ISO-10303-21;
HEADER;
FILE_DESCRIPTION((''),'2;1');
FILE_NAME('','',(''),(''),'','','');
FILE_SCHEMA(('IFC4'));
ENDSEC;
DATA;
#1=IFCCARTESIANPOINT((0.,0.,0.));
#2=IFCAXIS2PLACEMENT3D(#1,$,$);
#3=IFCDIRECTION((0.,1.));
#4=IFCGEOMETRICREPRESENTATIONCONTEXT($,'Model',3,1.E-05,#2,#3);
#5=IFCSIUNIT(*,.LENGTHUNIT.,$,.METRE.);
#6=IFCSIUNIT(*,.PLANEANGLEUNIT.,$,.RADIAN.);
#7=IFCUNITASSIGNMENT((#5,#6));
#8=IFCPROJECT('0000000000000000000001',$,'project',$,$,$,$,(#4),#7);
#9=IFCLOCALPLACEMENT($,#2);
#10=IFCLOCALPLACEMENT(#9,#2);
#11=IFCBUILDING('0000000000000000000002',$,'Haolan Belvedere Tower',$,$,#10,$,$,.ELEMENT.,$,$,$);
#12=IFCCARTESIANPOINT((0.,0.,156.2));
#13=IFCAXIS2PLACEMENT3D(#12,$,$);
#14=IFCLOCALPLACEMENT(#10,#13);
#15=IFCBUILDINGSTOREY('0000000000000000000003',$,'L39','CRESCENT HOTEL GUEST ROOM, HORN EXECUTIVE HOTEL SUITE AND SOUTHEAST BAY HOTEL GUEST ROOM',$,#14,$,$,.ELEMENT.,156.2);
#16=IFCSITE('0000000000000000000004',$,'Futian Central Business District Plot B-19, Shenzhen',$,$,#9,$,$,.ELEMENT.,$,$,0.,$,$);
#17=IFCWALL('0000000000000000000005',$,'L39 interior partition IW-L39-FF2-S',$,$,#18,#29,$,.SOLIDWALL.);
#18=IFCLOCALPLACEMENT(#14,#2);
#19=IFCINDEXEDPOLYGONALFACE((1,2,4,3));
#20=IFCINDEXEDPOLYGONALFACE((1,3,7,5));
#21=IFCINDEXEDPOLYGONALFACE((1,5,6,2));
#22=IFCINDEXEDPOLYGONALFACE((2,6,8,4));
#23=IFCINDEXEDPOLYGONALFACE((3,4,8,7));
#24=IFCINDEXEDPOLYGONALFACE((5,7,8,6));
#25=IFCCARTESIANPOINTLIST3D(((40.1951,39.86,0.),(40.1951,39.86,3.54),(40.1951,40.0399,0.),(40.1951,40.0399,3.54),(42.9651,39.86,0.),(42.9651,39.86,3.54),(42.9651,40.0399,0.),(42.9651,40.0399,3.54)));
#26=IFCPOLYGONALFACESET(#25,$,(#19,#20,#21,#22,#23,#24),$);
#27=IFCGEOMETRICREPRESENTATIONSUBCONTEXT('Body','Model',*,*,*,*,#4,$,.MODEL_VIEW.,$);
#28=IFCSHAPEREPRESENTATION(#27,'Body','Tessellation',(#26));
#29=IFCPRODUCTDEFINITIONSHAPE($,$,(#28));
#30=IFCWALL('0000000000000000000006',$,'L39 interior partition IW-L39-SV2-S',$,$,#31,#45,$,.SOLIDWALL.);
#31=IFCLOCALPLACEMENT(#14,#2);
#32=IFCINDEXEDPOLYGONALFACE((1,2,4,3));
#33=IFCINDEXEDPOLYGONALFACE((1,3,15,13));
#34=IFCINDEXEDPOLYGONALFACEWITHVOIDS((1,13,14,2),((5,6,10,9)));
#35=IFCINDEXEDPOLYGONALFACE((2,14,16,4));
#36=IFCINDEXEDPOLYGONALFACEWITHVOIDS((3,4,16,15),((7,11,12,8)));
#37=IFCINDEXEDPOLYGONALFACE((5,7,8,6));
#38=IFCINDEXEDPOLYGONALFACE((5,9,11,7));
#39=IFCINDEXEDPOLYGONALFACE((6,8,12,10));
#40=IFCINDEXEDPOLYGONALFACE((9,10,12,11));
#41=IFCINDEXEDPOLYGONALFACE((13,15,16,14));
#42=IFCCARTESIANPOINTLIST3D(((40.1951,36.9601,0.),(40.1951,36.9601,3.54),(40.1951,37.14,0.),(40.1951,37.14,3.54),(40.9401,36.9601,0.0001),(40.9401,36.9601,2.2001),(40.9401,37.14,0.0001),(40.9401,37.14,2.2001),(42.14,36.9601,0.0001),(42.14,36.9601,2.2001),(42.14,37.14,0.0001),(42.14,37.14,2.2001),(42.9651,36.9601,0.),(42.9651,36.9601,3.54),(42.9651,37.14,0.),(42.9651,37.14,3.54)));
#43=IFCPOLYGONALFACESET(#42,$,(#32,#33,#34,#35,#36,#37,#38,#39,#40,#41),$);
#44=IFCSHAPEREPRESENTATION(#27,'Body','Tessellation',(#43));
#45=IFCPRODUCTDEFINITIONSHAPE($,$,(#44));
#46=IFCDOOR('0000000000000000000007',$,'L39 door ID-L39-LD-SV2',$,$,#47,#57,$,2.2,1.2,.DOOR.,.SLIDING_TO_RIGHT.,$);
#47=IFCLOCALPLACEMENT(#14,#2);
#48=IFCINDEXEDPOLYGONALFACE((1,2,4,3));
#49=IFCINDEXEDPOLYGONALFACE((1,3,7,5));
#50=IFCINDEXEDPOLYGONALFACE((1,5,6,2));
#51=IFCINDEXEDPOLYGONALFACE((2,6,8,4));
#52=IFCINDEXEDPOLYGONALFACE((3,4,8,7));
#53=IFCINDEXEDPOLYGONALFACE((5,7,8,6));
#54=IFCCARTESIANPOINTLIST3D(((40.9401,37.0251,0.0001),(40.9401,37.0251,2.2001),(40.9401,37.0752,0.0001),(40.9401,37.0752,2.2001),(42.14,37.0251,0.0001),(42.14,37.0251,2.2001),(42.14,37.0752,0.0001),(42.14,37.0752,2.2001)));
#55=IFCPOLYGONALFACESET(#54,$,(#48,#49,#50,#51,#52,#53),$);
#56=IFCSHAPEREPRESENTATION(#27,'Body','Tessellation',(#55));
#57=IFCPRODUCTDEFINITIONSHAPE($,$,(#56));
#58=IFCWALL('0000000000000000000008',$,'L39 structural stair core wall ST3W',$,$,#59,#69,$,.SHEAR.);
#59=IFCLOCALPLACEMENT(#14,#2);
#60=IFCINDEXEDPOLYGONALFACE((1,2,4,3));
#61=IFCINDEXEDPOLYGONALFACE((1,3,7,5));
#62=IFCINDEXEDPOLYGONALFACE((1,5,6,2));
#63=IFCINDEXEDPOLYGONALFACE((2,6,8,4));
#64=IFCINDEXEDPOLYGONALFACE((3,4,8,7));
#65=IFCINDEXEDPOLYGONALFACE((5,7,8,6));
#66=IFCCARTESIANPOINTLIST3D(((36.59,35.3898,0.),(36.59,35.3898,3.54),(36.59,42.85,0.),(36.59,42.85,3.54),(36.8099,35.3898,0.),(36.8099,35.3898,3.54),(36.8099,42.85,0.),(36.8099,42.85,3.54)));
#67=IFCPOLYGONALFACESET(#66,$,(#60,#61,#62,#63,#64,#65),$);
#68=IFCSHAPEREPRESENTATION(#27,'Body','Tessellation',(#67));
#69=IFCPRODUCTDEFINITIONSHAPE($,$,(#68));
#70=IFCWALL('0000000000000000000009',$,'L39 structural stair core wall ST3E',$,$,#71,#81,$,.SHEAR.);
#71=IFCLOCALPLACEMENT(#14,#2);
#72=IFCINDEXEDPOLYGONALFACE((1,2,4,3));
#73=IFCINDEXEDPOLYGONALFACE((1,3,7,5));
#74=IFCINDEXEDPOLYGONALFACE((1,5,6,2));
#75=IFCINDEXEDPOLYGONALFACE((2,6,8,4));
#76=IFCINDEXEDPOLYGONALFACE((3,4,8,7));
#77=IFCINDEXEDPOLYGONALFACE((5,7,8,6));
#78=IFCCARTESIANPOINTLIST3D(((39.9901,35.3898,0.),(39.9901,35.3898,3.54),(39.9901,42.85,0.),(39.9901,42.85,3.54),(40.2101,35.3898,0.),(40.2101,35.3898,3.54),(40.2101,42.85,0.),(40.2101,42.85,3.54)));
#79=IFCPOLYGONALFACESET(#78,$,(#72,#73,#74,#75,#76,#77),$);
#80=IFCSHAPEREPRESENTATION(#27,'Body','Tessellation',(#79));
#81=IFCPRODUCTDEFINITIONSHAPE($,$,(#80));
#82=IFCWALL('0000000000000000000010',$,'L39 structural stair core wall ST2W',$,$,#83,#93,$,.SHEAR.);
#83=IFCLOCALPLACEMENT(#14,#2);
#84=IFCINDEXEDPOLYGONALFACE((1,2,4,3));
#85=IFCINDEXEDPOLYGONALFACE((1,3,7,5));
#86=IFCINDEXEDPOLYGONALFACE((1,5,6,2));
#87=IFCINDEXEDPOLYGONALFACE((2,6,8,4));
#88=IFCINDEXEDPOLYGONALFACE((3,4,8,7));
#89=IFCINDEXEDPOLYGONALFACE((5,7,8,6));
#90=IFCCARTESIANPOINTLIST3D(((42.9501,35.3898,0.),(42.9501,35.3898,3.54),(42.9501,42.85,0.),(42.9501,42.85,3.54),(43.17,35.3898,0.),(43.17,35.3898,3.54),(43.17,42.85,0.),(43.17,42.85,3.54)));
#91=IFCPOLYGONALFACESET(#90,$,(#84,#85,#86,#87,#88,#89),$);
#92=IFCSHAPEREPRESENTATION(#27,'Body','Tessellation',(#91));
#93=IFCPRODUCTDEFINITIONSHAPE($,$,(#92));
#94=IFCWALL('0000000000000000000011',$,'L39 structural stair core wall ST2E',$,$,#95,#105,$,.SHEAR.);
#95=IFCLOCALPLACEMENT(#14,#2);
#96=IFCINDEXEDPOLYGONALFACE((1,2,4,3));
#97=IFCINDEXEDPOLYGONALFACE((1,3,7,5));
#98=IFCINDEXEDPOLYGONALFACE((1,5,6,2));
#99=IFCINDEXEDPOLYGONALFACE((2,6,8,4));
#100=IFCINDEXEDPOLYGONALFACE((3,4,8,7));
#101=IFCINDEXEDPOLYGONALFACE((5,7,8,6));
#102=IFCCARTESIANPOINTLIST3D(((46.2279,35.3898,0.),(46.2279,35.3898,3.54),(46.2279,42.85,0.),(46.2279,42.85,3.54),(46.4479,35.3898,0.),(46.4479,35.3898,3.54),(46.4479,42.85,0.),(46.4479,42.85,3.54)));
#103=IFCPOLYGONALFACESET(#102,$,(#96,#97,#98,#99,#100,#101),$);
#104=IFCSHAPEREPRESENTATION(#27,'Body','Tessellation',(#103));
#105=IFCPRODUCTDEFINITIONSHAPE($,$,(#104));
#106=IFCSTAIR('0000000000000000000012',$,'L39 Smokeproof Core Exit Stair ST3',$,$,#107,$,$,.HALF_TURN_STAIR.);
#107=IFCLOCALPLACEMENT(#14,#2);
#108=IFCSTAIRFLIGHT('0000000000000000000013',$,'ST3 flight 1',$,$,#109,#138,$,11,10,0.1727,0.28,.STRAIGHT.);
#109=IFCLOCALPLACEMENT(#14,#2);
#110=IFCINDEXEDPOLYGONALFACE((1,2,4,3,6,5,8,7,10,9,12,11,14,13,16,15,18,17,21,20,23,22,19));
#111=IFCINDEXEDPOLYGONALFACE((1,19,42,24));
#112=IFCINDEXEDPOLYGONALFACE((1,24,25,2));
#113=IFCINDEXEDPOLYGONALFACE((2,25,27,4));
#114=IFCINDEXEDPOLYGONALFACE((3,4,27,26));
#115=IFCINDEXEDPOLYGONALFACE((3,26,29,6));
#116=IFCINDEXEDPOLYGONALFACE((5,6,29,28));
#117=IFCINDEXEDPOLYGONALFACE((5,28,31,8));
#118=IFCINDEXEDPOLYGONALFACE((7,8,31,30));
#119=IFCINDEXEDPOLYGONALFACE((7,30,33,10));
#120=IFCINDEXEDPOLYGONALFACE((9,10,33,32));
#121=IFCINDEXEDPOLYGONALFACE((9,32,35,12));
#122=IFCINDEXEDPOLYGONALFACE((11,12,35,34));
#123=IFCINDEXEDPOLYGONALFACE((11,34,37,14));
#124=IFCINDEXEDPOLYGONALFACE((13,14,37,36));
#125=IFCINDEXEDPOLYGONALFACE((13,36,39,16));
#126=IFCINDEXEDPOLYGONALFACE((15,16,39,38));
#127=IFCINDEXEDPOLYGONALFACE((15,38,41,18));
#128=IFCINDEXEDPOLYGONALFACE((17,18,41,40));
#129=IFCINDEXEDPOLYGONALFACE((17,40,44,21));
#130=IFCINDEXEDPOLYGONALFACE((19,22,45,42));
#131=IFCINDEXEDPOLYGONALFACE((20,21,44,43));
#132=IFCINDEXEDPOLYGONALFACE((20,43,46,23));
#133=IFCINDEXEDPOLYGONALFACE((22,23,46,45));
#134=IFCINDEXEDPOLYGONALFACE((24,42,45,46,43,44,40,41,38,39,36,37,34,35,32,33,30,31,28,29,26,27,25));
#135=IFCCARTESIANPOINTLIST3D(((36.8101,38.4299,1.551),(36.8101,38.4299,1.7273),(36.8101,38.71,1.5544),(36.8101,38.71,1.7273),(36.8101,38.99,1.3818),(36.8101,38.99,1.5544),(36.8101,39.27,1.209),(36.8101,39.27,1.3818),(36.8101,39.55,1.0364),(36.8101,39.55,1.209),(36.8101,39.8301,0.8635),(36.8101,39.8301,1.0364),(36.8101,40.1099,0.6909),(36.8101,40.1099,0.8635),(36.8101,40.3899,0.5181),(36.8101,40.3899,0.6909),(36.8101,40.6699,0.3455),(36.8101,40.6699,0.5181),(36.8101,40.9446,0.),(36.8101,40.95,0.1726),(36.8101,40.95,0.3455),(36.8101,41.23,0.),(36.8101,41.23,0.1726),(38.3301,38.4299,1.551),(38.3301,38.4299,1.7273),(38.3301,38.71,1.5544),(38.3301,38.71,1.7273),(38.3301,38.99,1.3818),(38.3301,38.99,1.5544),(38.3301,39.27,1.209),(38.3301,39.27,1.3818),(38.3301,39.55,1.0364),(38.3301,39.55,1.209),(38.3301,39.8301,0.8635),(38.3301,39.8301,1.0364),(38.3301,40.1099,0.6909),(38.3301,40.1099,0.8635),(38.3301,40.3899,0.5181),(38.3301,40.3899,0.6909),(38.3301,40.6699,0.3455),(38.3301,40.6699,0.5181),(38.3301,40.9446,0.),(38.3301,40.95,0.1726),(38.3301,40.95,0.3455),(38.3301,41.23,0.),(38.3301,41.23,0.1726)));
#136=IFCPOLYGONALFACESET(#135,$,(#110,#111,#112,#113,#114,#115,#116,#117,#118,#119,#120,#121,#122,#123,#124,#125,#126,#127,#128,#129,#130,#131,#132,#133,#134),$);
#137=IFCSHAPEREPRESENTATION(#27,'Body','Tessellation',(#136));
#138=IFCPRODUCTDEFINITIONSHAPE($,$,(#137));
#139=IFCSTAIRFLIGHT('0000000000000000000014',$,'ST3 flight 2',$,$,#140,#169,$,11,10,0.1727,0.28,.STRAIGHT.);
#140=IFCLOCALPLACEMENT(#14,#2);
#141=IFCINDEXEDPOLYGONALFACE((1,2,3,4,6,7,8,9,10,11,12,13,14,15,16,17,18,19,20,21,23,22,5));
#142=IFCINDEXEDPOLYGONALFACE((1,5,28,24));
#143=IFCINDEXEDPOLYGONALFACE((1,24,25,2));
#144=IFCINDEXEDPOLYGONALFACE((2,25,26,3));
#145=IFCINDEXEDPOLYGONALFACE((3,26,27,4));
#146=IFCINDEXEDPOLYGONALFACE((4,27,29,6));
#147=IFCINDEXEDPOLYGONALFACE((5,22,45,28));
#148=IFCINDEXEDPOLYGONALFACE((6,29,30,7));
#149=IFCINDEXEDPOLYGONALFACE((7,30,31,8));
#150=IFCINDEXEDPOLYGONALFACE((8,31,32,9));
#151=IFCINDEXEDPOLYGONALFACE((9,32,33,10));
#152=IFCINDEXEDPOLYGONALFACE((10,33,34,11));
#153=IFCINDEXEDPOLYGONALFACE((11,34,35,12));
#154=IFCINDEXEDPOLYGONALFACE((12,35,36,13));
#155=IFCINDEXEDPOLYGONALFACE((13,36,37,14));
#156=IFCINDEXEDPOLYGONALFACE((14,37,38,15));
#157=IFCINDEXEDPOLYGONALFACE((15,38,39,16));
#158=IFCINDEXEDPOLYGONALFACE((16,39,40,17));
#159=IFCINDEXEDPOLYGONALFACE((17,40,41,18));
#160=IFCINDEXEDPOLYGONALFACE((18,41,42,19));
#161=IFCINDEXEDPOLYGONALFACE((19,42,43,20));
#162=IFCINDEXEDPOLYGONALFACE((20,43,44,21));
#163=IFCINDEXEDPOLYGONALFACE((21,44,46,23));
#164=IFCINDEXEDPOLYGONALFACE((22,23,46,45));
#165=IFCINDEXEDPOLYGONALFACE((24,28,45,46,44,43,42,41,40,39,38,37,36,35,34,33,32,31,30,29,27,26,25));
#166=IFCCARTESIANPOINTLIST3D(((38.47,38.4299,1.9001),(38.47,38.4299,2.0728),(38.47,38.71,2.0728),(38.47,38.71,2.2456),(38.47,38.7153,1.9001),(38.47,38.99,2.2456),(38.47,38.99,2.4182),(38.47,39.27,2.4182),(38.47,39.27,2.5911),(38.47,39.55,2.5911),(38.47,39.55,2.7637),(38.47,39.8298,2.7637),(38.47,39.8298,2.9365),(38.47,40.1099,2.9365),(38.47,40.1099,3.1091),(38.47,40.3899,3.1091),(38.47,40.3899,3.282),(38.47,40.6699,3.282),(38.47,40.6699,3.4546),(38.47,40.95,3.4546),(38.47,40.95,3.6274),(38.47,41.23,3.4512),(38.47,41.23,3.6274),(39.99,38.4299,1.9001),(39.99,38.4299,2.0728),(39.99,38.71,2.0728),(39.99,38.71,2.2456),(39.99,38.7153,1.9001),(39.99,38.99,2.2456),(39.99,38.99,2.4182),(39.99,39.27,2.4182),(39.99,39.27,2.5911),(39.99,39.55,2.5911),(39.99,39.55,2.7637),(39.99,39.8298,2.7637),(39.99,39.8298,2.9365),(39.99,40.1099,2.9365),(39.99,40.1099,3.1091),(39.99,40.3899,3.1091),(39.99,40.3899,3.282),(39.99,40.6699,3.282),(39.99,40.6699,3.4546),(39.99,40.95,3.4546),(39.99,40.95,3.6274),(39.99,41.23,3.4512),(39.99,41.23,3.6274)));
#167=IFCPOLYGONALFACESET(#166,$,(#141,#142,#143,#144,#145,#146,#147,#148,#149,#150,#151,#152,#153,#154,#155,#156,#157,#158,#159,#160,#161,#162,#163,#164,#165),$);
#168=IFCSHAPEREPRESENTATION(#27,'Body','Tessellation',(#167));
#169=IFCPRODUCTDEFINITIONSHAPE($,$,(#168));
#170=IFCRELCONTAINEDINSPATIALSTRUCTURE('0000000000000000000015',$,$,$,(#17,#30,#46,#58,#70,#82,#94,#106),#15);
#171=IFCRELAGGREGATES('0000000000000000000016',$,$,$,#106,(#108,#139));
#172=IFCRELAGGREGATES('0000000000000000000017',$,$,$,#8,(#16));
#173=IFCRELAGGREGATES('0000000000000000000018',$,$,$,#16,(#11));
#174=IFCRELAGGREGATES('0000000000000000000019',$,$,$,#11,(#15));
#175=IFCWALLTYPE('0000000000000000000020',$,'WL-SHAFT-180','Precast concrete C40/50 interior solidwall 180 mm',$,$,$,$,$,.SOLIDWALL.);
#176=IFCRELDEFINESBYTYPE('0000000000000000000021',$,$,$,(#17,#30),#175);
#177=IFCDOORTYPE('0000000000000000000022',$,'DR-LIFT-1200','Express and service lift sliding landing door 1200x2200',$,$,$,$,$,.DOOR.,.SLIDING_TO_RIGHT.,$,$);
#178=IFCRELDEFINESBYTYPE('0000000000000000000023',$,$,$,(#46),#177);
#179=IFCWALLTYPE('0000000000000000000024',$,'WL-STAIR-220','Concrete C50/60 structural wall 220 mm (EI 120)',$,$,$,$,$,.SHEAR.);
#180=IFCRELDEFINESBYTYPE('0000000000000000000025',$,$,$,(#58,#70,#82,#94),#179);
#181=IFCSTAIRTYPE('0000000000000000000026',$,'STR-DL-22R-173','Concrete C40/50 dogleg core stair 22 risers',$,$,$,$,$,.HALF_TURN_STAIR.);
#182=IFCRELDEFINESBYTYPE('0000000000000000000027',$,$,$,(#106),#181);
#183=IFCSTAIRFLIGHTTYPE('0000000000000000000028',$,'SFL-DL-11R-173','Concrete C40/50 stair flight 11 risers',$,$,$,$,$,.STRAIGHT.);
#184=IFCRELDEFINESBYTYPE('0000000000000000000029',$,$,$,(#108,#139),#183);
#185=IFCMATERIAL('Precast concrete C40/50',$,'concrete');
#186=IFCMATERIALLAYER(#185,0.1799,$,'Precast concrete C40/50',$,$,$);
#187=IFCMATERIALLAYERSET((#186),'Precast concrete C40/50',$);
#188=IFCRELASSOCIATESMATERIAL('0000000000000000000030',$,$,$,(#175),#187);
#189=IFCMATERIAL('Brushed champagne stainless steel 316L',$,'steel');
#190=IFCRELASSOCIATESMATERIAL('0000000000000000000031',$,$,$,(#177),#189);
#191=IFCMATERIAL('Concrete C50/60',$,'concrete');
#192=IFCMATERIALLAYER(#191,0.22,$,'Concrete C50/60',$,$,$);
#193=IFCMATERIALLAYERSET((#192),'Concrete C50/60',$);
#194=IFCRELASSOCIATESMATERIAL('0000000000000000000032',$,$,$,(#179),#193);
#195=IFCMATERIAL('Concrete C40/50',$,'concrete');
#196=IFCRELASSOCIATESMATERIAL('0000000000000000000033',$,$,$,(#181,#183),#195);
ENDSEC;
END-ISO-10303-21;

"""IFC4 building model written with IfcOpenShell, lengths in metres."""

from ifc_helpers import new_model, si_unit, direction, frame, frame_2d, origin, place, context, subcontext, project, spatial, polyline, rectangle, outline, extrude, material, layer, layer_set, type_object, element, fill, aggregate, save


model = new_model("IFC4")

# Units and contexts
model_context = context("Model", 3, precision=1e-05, world=origin(), true_north=direction((0.0, 1.0)))
body_context = subcontext(model_context, "Body", "Model", "MODEL_VIEW")
ifc_project = project(units=[si_unit("LENGTHUNIT", "METRE"), si_unit("PLANEANGLEUNIT", "RADIAN")], contexts=[model_context])

# Site, building, storey
site_placement = place(None, origin())
site = spatial("IfcSite", under=ifc_project, at=site_placement, Name="Futian Central Business District Plot B-19, Shenzhen", CompositionType="ELEMENT", RefElevation=0.0)
building_placement = place(site_placement, origin())
building = spatial("IfcBuilding", under=site, at=building_placement, Name="Haolan Belvedere Tower", CompositionType="ELEMENT")
storey_placement = place(building_placement, frame((0.0, 0.0, 156.2)))
storey = spatial("IfcBuildingStorey", under=building, at=storey_placement, Name="L39", Description="CRESCENT HOTEL GUEST ROOM, HORN EXECUTIVE HOTEL SUITE AND SOUTHEAST BAY HOTEL GUEST ROOM", CompositionType="ELEMENT", Elevation=156.2)

# Wall
ifc_material_1 = material(Name="Precast concrete C40/50", Category="concrete")
ifc_layer_1 = layer(ifc_material_1, 0.1799, Name="Precast concrete C40/50")
ifc_layer_set_1 = layer_set([ifc_layer_1], Name="Precast concrete C40/50")
wall_type_1 = type_object("IfcWallType", Name="WL-SHAFT-180", Description="Precast concrete C40/50 interior solidwall 180 mm", PredefinedType="SOLIDWALL", material=ifc_layer_set_1)
wall_1_placement = place(storey_placement, frame((40.1951, 39.95, 0.0), z_axis=(0.0, 0.0, 1.0), x_axis=(1.0, 0.0, 0.0)))
element("IfcWall", 1, at=wall_1_placement, inside=storey, type_object=wall_type_1, Name="L39 interior partition IW-L39-FF2-S", PredefinedType="SOLIDWALL", context=body_context, shape_type="SweptSolid", body=[
    extrude(rectangle(XDim=2.77, YDim=0.1799, at=frame_2d((1.385, 0.0))), origin(), (0.0, 0.0, 1.0), 3.54),
])

# Wall, opening, door
wall_2_placement = place(storey_placement, frame((40.1951, 37.05, 0.0), z_axis=(0.0, 0.0, 1.0), x_axis=(1.0, 0.0, 0.0)))
wall_2 = element("IfcWall", 2, at=wall_2_placement, inside=storey, type_object=wall_type_1, Name="L39 interior partition IW-L39-SV2-S", PredefinedType="SOLIDWALL", context=body_context, shape_type="SweptSolid", body=[
    extrude(rectangle(XDim=2.77, YDim=0.1799, at=frame_2d((1.385, 0.0))), origin(), (0.0, 0.0, 1.0), 3.54),
])
opening_placement = place(wall_2_placement, frame((1.9451, 0.0, 0.0), z_axis=(0.0, 0.0, 1.0), x_axis=(-1.0, 0.0, 0.0)))
opening = element("IfcOpeningElement", 3, at=opening_placement, cuts=wall_2, PredefinedType="OPENING", context=body_context, shape_type="SweptSolid", body=[
    extrude(rectangle(XDim=1.2, YDim=2.2, at=frame_2d((0.6001, 1.1001))), frame((0.0, 0.0999, 0.0), z_axis=(0.0, -1.0, 0.0), x_axis=(1.0, 0.0, 0.0)), (0.0, 0.0, 1.0), 0.2),
])
ifc_material_2 = material(Name="Brushed champagne stainless steel 316L", Category="steel")
door_type = type_object("IfcDoorType", Name="DR-LIFT-1200", Description="Express and service lift sliding landing door 1200x2200", OperationType="SLIDING_TO_RIGHT", PredefinedType="DOOR", material=ifc_material_2)
door_placement = place(opening_placement, origin())
door = element("IfcDoor", 4, at=door_placement, inside=storey, type_object=door_type, Name="L39 door ID-L39-LD-SV2", OperationType="SLIDING_TO_RIGHT", OverallHeight=2.2, OverallWidth=1.2, PredefinedType="DOOR", context=body_context, shape_type="SweptSolid", body=[
    extrude(rectangle(XDim=1.2, YDim=2.2, at=frame_2d((0.6001, 1.1001))), frame((0.0, 0.0249, 0.0), z_axis=(0.0, -1.0, 0.0), x_axis=(1.0, 0.0, 0.0)), (0.0, 0.0, 1.0), 0.05),
])
fill(opening, door)

# Walls
ifc_material_3 = material(Name="Concrete C50/60", Category="concrete")
ifc_layer_2 = layer(ifc_material_3, 0.22, Name="Concrete C50/60")
ifc_layer_set_2 = layer_set([ifc_layer_2], Name="Concrete C50/60")
wall_type_2 = type_object("IfcWallType", Name="WL-STAIR-220", Description="Concrete C50/60 structural wall 220 mm (EI 120)", PredefinedType="SHEAR", material=ifc_layer_set_2)
for number, where, z_axis, x_axis, name in (
    (5, (36.7, 35.3899, 0.0), (0.0, 0.0, 1.0), (0.0, 1.0, 0.0), "L39 structural stair core wall ST3W"),
    (6, (40.1001, 35.3899, 0.0), (0.0, 0.0, 1.0), (0.0, 1.0, 0.0), "L39 structural stair core wall ST3E"),
    (7, (43.0601, 35.3899, 0.0), (0.0, 0.0, 1.0), (0.0, 1.0, 0.0), "L39 structural stair core wall ST2W"),
    (8, (46.3379, 35.3899, 0.0), (0.0, 0.0, 1.0), (0.0, 1.0, 0.0), "L39 structural stair core wall ST2E"),
):
    element("IfcWall", number, at=place(storey_placement, frame(where, z_axis=z_axis, x_axis=x_axis)), inside=storey, type_object=wall_type_2, Name=name, PredefinedType="SHEAR", context=body_context, shape_type="SweptSolid", body=[
        extrude(rectangle(XDim=7.4602, YDim=0.22, at=frame_2d((3.73, 0.0))), origin(), (0.0, 0.0, 1.0), 3.54),
    ])

# Stair, stair flights
ifc_material_4 = material(Name="Concrete C40/50", Category="concrete")
stair_type = type_object("IfcStairType", Name="STR-DL-22R-173", Description="Concrete C40/50 dogleg core stair 22 risers", PredefinedType="HALF_TURN_STAIR", material=ifc_material_4)
stair_1_placement = place(storey_placement, origin())
stair_1 = element("IfcStair", 9, at=stair_1_placement, inside=storey, type_object=stair_type, Name="L39 Smokeproof Core Exit Stair ST3", PredefinedType="HALF_TURN_STAIR")
stair_flight_type = type_object("IfcStairFlightType", Name="SFL-DL-11R-173", Description="Concrete C40/50 stair flight 11 risers", PredefinedType="STRAIGHT", material=ifc_material_4)
stair_flight_1_placement = place(storey_placement, frame((37.5701, 41.23, 0.0), z_axis=(0.0, 0.0, 1.0), x_axis=(0.0, -1.0, 0.0)))
stair_flight_1 = element("IfcStairFlight", 10, at=stair_flight_1_placement, type_object=stair_flight_type, Name="ST3 flight 1", NumberOfRisers=11, NumberOfTreads=10, PredefinedType="STRAIGHT", RiserHeight=0.1727, TreadLength=0.28, context=body_context, shape_type="SweptSolid", body=[
    extrude(outline(polyline([(0.0, 0.0), (0.0, 0.1726), (0.28, 0.1726), (0.28, 0.3455), (0.5601, 0.3455), (0.5601, 0.5181), (0.8401, 0.5181), (0.8401, 0.6909), (1.1201, 0.6909), (1.1201, 0.8635), (1.3999, 0.8635), (1.3999, 1.0364), (1.6799, 1.0364), (1.6799, 1.209), (1.96, 1.209), (1.96, 1.3818), (2.24, 1.3818), (2.24, 1.5544), (2.52, 1.5544), (2.52, 1.7273), (2.8, 1.7273), (2.8, 1.8999), (2.8, 1.551), (0.2854, 0.0), (0.0, 0.0)])), frame((0.0, 0.76, 0.0), z_axis=(0.0, -1.0, 0.0), x_axis=(1.0, 0.0, 0.0)), (0.0, 0.0, 1.0), 1.52),
])
stair_flight_2_placement = place(storey_placement, frame((39.23, 38.4299, 1.9001), z_axis=(0.0, 0.0, 1.0), x_axis=(0.0, 1.0, 0.0)))
stair_flight_2 = element("IfcStairFlight", 11, at=stair_flight_2_placement, type_object=stair_flight_type, Name="ST3 flight 2", NumberOfRisers=11, NumberOfTreads=10, PredefinedType="STRAIGHT", RiserHeight=0.1727, TreadLength=0.28, context=body_context, shape_type="SweptSolid", body=[
    extrude(outline(polyline([(0.0, 0.0), (0.0, 0.1726), (0.28, 0.1726), (0.28, 0.3455), (0.5601, 0.3455), (0.5601, 0.5181), (0.8401, 0.5181), (0.8401, 0.6909), (1.1201, 0.6909), (1.1201, 0.8635), (1.3999, 0.8635), (1.3999, 1.0364), (1.6799, 1.0364), (1.6799, 1.209), (1.96, 1.209), (1.96, 1.3818), (2.24, 1.3818), (2.24, 1.5544), (2.52, 1.5544), (2.52, 1.7273), (2.8, 1.7273), (2.8, 1.8999), (2.8, 1.551), (0.2854, 0.0), (0.0, 0.0)])), frame((0.0, 0.76, 0.0), z_axis=(0.0, -1.0, 0.0), x_axis=(1.0, 0.0, 0.0)), (0.0, 0.0, 1.0), 1.52),
])
aggregate(stair_1, [stair_flight_1, stair_flight_2])

save(model, "model.ifc")
